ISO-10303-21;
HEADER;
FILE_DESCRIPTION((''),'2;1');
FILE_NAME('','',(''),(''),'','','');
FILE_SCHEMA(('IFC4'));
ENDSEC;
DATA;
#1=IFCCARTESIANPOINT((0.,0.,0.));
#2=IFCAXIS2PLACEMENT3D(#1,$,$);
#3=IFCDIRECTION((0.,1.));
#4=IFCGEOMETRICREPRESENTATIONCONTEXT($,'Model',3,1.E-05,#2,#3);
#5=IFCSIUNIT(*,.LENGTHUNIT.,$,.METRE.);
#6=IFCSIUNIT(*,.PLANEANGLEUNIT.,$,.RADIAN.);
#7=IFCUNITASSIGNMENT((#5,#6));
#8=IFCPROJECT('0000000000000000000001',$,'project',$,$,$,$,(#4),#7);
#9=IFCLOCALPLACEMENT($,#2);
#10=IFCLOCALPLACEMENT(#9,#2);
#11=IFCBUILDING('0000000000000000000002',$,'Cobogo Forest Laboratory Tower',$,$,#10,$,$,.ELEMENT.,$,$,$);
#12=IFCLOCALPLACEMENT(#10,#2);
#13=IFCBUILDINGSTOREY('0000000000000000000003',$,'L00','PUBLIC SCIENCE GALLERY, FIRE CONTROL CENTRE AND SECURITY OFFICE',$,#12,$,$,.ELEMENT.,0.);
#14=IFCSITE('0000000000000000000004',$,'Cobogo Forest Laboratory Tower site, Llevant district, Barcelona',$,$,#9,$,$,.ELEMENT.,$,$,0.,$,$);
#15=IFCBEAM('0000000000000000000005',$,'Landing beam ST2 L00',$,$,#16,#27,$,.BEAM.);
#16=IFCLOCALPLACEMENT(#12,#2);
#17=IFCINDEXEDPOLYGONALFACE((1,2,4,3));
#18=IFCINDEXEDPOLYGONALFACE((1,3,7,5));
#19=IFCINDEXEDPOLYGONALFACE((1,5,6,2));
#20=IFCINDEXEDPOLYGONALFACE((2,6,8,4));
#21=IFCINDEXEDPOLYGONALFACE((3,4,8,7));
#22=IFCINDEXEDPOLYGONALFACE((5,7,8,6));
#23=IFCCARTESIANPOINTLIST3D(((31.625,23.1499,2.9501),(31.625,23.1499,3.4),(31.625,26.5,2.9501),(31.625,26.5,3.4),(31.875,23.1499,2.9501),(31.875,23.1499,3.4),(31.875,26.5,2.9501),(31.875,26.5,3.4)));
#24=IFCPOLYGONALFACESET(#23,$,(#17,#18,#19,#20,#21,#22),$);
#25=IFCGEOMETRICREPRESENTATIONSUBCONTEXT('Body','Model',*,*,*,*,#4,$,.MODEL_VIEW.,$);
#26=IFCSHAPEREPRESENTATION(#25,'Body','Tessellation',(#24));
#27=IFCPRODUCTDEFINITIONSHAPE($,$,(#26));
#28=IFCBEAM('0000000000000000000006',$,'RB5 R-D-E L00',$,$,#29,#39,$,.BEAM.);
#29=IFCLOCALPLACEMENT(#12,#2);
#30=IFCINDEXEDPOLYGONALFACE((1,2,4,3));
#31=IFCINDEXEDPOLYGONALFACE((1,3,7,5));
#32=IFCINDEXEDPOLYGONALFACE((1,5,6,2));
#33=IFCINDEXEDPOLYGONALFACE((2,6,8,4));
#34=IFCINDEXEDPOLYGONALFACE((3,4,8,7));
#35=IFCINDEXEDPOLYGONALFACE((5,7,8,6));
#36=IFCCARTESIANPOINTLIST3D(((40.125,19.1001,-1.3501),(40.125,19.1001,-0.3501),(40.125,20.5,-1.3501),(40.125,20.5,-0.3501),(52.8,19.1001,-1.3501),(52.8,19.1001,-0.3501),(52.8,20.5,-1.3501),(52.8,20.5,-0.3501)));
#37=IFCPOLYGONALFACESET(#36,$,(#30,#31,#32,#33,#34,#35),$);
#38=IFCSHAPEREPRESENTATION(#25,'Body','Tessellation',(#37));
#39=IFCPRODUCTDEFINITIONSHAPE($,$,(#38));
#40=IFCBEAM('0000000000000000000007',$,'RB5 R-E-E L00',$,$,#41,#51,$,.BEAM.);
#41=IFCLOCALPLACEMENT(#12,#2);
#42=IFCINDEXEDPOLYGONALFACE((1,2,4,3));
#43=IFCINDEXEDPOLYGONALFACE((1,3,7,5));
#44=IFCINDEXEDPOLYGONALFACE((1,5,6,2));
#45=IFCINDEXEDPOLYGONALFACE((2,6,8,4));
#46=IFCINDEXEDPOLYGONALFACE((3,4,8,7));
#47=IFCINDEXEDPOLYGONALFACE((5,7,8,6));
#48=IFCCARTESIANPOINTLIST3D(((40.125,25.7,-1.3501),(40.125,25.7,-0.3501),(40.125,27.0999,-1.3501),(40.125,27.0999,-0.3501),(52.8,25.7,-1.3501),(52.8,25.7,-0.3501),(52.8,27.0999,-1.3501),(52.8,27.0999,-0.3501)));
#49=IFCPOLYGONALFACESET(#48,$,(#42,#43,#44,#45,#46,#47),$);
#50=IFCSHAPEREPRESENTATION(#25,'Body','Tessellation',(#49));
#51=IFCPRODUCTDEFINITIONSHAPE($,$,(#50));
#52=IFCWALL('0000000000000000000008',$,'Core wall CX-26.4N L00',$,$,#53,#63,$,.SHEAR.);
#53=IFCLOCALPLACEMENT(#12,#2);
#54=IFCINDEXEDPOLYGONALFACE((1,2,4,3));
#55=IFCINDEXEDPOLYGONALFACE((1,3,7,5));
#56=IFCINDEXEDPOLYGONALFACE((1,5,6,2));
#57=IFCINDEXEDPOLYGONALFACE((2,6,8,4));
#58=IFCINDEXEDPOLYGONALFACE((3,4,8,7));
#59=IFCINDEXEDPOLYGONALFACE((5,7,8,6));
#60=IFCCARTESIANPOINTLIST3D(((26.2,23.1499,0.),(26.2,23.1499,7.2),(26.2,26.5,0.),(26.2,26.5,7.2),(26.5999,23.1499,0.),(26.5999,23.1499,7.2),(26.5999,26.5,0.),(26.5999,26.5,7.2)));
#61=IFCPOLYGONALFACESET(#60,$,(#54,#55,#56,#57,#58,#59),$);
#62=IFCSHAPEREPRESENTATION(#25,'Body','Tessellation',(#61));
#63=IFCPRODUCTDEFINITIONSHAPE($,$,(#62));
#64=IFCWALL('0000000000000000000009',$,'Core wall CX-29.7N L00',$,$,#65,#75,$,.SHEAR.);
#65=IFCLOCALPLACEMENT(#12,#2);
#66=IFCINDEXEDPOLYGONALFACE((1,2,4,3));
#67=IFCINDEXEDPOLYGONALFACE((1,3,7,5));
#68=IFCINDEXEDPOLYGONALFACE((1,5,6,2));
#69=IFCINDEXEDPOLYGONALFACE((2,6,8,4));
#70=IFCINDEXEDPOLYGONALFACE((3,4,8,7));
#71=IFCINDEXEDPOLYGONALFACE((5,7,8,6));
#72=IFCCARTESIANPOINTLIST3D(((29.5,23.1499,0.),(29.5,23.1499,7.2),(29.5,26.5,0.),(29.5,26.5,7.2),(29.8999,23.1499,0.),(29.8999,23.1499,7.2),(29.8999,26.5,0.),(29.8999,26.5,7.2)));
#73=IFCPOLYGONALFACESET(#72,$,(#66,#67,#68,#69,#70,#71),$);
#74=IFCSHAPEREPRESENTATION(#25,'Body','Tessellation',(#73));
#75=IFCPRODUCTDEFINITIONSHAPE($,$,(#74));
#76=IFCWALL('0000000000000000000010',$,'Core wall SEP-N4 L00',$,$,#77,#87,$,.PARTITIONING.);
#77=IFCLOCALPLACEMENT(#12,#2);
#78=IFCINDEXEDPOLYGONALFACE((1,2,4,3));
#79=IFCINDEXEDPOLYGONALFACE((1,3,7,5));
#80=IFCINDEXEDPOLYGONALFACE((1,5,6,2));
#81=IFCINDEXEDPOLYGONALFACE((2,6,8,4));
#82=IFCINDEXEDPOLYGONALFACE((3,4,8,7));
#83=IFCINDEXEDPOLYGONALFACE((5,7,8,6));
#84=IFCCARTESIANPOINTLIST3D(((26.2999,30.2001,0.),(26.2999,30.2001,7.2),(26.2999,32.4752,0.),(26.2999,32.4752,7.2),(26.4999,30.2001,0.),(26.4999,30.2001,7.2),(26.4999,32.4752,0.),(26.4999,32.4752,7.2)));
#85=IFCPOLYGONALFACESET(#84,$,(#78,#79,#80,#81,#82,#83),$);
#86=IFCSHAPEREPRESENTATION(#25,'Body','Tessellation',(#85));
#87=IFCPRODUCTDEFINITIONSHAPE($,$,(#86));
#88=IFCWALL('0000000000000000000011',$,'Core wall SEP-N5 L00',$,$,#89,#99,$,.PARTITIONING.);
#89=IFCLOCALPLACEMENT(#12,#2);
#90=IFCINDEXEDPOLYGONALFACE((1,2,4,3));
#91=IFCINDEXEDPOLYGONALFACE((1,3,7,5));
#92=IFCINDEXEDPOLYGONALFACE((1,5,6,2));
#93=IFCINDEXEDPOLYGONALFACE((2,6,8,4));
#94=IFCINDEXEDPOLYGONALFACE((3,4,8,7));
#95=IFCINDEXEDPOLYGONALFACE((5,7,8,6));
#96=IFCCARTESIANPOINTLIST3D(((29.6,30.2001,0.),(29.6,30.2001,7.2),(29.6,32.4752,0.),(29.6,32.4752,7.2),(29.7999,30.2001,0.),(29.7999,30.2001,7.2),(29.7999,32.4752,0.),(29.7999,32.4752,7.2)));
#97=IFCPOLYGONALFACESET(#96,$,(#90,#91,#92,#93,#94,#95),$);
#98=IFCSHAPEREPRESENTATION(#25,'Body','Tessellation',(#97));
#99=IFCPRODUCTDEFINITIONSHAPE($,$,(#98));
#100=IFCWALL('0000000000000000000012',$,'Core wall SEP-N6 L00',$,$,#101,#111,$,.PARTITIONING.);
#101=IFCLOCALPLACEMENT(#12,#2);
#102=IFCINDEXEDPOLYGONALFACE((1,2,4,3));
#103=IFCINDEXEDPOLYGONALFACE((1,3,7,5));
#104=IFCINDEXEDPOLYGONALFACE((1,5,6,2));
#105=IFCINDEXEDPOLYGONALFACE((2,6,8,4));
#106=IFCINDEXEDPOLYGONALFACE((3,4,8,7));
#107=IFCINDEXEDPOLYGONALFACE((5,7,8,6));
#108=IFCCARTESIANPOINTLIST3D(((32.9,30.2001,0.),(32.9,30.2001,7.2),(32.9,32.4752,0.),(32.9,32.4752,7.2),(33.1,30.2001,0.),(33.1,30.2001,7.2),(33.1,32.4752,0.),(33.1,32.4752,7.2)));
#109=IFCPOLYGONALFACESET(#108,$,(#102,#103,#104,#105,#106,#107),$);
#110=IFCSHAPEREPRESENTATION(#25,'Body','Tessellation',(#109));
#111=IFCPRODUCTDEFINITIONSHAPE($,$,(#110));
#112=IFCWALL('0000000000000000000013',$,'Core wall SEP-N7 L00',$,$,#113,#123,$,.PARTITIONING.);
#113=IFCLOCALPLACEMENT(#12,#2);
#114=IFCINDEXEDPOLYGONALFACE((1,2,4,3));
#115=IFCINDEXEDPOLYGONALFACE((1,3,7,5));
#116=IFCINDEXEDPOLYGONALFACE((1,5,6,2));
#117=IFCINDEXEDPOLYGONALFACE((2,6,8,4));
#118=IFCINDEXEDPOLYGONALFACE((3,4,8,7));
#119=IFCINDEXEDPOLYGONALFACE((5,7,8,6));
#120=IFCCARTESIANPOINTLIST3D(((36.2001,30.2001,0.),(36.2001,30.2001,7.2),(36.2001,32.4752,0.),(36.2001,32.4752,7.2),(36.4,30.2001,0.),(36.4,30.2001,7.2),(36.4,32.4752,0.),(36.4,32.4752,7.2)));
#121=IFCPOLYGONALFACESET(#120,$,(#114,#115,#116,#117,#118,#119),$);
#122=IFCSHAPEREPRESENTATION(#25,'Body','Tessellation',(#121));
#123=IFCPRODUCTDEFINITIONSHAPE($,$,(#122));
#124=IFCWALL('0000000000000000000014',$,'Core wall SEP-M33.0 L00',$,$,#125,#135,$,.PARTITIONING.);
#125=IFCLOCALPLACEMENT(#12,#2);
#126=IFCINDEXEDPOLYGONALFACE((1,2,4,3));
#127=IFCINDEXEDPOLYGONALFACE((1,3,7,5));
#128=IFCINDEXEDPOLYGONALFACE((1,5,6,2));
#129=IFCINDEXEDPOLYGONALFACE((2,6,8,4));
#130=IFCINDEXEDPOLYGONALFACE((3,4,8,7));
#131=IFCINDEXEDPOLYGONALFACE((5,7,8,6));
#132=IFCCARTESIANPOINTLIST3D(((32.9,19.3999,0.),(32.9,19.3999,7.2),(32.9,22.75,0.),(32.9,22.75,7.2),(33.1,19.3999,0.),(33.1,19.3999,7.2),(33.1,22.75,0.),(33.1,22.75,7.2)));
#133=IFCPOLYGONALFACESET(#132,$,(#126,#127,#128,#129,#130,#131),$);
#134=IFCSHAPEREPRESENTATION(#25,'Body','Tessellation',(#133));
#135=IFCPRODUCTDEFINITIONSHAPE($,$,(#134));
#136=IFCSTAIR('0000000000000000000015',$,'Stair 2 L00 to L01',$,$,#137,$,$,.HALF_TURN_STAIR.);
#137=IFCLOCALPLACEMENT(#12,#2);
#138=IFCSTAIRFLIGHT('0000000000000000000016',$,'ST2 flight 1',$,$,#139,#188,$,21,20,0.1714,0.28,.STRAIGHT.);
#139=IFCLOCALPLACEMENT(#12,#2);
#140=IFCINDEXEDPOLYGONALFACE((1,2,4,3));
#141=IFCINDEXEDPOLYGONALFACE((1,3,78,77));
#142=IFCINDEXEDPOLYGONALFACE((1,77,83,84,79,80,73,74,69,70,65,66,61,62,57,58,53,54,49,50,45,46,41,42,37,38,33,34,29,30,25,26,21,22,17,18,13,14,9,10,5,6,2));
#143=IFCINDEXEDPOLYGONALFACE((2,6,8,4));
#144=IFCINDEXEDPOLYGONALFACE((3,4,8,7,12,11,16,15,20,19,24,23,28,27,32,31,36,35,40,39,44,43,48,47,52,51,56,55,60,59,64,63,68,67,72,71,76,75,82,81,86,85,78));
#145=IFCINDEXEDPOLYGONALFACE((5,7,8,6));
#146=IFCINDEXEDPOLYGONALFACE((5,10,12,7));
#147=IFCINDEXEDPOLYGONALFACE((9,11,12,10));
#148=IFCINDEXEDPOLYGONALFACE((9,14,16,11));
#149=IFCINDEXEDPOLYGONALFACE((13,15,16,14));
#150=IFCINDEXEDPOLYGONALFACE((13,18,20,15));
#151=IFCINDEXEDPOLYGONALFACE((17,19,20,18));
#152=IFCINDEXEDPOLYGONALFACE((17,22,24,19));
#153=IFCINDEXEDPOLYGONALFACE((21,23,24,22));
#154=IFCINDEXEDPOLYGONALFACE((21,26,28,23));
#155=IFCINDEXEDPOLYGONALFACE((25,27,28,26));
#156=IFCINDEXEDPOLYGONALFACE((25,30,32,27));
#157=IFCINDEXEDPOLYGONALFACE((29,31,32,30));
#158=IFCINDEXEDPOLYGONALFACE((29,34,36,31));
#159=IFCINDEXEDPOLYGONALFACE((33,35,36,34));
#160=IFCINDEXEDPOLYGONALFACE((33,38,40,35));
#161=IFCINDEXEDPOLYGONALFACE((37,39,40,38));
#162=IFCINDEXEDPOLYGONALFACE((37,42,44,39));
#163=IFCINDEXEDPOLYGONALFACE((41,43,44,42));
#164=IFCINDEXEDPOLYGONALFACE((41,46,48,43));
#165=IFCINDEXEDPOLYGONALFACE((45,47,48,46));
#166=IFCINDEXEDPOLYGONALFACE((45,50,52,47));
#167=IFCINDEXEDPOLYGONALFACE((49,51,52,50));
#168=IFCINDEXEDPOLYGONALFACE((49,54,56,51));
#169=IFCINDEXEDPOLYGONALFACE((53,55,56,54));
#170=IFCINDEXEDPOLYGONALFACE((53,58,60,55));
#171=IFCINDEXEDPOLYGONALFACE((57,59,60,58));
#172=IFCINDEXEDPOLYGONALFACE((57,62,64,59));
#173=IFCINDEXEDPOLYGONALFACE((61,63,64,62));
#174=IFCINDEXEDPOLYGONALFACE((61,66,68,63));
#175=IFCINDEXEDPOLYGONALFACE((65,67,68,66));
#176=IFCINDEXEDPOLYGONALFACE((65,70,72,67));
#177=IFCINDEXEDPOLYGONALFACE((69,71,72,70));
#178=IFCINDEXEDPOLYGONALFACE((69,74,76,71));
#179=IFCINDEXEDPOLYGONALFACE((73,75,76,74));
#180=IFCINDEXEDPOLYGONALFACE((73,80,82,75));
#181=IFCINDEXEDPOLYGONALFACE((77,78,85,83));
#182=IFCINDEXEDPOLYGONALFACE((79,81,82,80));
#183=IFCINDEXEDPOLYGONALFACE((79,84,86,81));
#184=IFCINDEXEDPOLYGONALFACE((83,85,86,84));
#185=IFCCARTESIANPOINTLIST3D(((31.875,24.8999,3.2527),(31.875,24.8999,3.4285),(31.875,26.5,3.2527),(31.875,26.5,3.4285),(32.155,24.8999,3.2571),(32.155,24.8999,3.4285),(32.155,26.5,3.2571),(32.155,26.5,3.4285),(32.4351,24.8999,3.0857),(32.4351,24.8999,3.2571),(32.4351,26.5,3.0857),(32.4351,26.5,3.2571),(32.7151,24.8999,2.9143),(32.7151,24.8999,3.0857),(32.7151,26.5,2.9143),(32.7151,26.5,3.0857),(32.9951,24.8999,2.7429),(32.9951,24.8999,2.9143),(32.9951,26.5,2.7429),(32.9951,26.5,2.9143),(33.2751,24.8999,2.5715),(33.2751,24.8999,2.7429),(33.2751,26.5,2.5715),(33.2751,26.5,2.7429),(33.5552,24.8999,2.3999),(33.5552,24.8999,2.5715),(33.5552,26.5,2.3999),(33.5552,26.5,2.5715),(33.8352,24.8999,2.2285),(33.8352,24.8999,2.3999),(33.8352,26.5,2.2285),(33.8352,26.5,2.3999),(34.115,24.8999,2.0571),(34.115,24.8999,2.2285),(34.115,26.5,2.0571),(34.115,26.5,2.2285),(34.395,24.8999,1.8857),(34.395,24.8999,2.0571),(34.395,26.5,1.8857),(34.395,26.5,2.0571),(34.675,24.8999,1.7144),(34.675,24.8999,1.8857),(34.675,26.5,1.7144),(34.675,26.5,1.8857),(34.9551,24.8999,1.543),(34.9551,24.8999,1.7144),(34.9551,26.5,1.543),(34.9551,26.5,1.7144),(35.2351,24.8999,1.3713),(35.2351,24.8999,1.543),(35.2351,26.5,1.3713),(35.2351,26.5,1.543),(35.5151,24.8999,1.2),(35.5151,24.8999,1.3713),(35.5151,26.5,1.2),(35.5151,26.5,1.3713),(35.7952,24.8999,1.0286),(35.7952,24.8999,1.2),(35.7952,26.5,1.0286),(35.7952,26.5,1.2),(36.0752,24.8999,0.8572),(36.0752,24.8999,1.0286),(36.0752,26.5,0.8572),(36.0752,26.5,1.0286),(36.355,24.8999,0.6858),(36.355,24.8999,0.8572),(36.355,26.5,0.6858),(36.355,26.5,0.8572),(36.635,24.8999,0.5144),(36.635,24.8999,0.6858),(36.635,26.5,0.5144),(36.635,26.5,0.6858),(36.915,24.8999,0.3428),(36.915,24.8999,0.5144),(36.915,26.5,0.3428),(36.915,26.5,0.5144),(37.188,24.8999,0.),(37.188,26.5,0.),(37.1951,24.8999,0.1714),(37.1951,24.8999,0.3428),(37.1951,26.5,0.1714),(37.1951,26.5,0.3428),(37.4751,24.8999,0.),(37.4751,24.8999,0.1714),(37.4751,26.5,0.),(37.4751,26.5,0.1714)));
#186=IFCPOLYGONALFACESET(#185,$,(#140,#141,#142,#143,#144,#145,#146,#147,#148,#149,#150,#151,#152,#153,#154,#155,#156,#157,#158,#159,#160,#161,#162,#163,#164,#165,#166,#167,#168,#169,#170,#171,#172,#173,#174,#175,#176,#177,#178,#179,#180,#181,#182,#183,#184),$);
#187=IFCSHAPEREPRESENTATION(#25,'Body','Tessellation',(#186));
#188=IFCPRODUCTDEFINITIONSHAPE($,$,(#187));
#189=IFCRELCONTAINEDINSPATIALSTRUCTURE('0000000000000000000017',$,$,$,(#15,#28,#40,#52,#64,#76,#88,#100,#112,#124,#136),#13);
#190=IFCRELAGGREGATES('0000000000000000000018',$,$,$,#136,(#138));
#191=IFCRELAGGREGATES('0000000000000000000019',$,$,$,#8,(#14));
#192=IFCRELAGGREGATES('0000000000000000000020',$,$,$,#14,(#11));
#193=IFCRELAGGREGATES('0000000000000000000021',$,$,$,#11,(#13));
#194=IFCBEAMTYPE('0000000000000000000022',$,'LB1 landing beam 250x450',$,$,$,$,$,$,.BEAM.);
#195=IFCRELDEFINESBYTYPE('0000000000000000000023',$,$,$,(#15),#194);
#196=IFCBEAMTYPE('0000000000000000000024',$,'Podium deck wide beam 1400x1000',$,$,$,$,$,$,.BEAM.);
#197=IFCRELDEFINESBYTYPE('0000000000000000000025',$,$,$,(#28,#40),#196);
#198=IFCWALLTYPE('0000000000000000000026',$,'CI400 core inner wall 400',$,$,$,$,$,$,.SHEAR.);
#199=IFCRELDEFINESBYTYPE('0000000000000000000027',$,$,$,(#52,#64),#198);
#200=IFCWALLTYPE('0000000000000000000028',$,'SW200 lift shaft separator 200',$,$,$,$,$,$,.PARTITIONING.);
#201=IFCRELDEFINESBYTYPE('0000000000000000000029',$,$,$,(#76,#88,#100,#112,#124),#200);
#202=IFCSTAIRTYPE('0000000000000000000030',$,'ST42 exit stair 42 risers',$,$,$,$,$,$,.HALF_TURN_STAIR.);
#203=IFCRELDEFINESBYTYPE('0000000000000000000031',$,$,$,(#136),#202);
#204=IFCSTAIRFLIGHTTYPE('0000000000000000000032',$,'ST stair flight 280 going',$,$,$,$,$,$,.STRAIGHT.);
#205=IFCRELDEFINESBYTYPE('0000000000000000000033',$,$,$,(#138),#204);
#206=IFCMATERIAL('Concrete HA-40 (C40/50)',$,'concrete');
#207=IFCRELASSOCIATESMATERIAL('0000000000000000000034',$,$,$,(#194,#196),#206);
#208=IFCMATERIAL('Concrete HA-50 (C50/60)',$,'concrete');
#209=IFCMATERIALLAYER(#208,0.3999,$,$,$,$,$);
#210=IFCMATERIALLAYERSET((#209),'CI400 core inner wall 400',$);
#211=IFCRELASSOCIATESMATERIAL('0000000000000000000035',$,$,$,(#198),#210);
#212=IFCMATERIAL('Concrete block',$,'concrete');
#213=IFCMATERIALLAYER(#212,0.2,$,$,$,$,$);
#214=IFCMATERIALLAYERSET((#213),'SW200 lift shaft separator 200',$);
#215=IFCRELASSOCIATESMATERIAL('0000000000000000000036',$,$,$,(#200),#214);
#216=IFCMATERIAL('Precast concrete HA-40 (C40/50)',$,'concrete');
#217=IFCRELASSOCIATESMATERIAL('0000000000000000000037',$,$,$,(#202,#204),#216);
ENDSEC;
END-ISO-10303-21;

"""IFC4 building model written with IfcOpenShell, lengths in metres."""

from ifc_helpers import new_model, si_unit, direction, frame, frame_2d, origin, origin_2d, place, context, subcontext, project, spatial, polyline, rectangle, outline, extrude, material, layer, layer_set, material_profile, profile_set, type_object, element, aggregate, save


model = new_model("IFC4")

# Units and contexts
model_context = context("Model", 3, precision=1e-05, world=origin(), true_north=direction((0.0, 1.0)))
body_context = subcontext(model_context, "Body", "Model", "MODEL_VIEW")
ifc_project = project(units=[si_unit("LENGTHUNIT", "METRE"), si_unit("PLANEANGLEUNIT", "RADIAN")], contexts=[model_context])

# Site, building, storey
site_placement = place(None, origin())
site = spatial("IfcSite", under=ifc_project, at=site_placement, Name="Cobogo Forest Laboratory Tower site, Llevant district, Barcelona", CompositionType="ELEMENT", RefElevation=0.0)
building_placement = place(site_placement, origin())
building = spatial("IfcBuilding", under=site, at=building_placement, Name="Cobogo Forest Laboratory Tower", CompositionType="ELEMENT")
storey_placement = place(building_placement, origin())
storey = spatial("IfcBuildingStorey", under=building, at=storey_placement, Name="L00", Description="PUBLIC SCIENCE GALLERY, FIRE CONTROL CENTRE AND SECURITY OFFICE", CompositionType="ELEMENT", Elevation=0.0)

# Beams
ifc_material_1 = material(Name="Concrete HA-40 (C40/50)", Category="concrete")
ifc_material_profile_1 = material_profile(ifc_material_1, rectangle(XDim=0.25, YDim=0.45, at=origin_2d()), Name="RC 250x450")
ifc_profile_set_1 = profile_set([ifc_material_profile_1], Name="Concrete HA-40 (C40/50)")
beam_type_1 = type_object("IfcBeamType", Name="LB1 landing beam 250x450", PredefinedType="BEAM", material=ifc_profile_set_1)
beam_placement = place(storey_placement, frame((31.75, 23.1499, 3.175), z_axis=(0.0, 1.0, 0.0), x_axis=(-1.0, 0.0, 0.0)))
element("IfcBeam", 1, at=beam_placement, inside=storey, type_object=beam_type_1, Name="Landing beam ST2 L00", PredefinedType="BEAM", context=body_context, shape_type="SweptSolid", body=[
    extrude(rectangle(XDim=0.25, YDim=0.45, at=origin_2d()), origin(), (0.0, 0.0, 1.0), 3.3501),
])
ifc_material_profile_2 = material_profile(ifc_material_1, rectangle(XDim=1.3999, YDim=1.0, at=origin_2d()), Name="RC 1400x1000")
ifc_profile_set_2 = profile_set([ifc_material_profile_2], Name="Concrete HA-40 (C40/50)")
beam_type_2 = type_object("IfcBeamType", Name="Podium deck wide beam 1400x1000", PredefinedType="BEAM", material=ifc_profile_set_2)
for number, where, z_axis, x_axis, name in (
    (2, (40.125, 19.8, -0.8501), (1.0, 0.0, 0.0), (0.0, 1.0, 0.0), "RB5 R-D-E L00"),
    (3, (40.125, 26.3999, -0.8501), (1.0, 0.0, 0.0), (0.0, 1.0, 0.0), "RB5 R-E-E L00"),
):
    element("IfcBeam", number, at=place(storey_placement, frame(where, z_axis=z_axis, x_axis=x_axis)), inside=storey, type_object=beam_type_2, Name=name, PredefinedType="BEAM", context=body_context, shape_type="SweptSolid", body=[
        extrude(rectangle(XDim=1.3999, YDim=1.0, at=origin_2d()), origin(), (0.0, 0.0, 1.0), 12.675),
    ])

# Walls
ifc_material_2 = material(Name="Concrete HA-50 (C50/60)", Category="concrete")
ifc_layer_1 = layer(ifc_material_2, 0.3999)
ifc_layer_set_1 = layer_set([ifc_layer_1], Name="CI400 core inner wall 400")
wall_type_1 = type_object("IfcWallType", Name="CI400 core inner wall 400", PredefinedType="SHEAR", material=ifc_layer_set_1)
for number, where, z_axis, x_axis, name in (
    (4, (26.3999, 23.1499, 0.0), (0.0, 0.0, 1.0), (0.0, 1.0, 0.0), "Core wall CX-26.4N L00"),
    (5, (29.7, 23.1499, 0.0), (0.0, 0.0, 1.0), (0.0, 1.0, 0.0), "Core wall CX-29.7N L00"),
):
    element("IfcWall", number, at=place(storey_placement, frame(where, z_axis=z_axis, x_axis=x_axis)), inside=storey, type_object=wall_type_1, Name=name, PredefinedType="SHEAR", context=body_context, shape_type="SweptSolid", body=[
        extrude(rectangle(XDim=3.3501, YDim=0.3999, at=frame_2d((1.675, 0.0))), origin(), (0.0, 0.0, 1.0), 7.2),
    ])
ifc_material_3 = material(Name="Concrete block", Category="concrete")
ifc_layer_2 = layer(ifc_material_3, 0.2)
ifc_layer_set_2 = layer_set([ifc_layer_2], Name="SW200 lift shaft separator 200")
wall_type_2 = type_object("IfcWallType", Name="SW200 lift shaft separator 200", PredefinedType="PARTITIONING", material=ifc_layer_set_2)
for number, where, z_axis, x_axis, name in (
    (6, (26.3999, 30.2, 0.0), (0.0, 0.0, 1.0), (0.0, 1.0, 0.0), "Core wall SEP-N4 L00"),
    (7, (29.7, 30.2, 0.0), (0.0, 0.0, 1.0), (0.0, 1.0, 0.0), "Core wall SEP-N5 L00"),
    (8, (33.0, 30.2, 0.0), (0.0, 0.0, 1.0), (0.0, 1.0, 0.0), "Core wall SEP-N6 L00"),
    (9, (36.3, 30.2, 0.0), (0.0, 0.0, 1.0), (0.0, 1.0, 0.0), "Core wall SEP-N7 L00"),
):
    element("IfcWall", number, at=place(storey_placement, frame(where, z_axis=z_axis, x_axis=x_axis)), inside=storey, type_object=wall_type_2, Name=name, PredefinedType="PARTITIONING", context=body_context, shape_type="SweptSolid", body=[
        extrude(rectangle(XDim=2.2751, YDim=0.2, at=frame_2d((1.1377, 0.0))), origin(), (0.0, 0.0, 1.0), 7.2),
    ])
wall_placement = place(storey_placement, frame((33.0, 19.3999, 0.0), z_axis=(0.0, 0.0, 1.0), x_axis=(0.0, 1.0, 0.0)))
element("IfcWall", 10, at=wall_placement, inside=storey, type_object=wall_type_2, Name="Core wall SEP-M33.0 L00", PredefinedType="PARTITIONING", context=body_context, shape_type="SweptSolid", body=[
    extrude(rectangle(XDim=3.3501, YDim=0.2, at=frame_2d((1.675, 0.0))), origin(), (0.0, 0.0, 1.0), 7.2),
])

# Stair, stair flight
ifc_material_4 = material(Name="Precast concrete HA-40 (C40/50)", Category="concrete")
stair_type = type_object("IfcStairType", Name="ST42 exit stair 42 risers", PredefinedType="HALF_TURN_STAIR", material=ifc_material_4)
stair_placement = place(storey_placement, origin())
stair = element("IfcStair", 11, at=stair_placement, inside=storey, type_object=stair_type, Name="Stair 2 L00 to L01", PredefinedType="HALF_TURN_STAIR")
stair_flight_type = type_object("IfcStairFlightType", Name="ST stair flight 280 going", PredefinedType="STRAIGHT", material=ifc_material_4)
stair_flight_1_placement = place(storey_placement, frame((37.4751, 25.7, 0.0), z_axis=(0.0, 0.0, 1.0), x_axis=(-1.0, 0.0, 0.0)))
stair_flight_1 = element("IfcStairFlight", 12, at=stair_flight_1_placement, type_object=stair_flight_type, Name="ST2 flight 1", NumberOfRisers=21, NumberOfTreads=20, PredefinedType="STRAIGHT", RiserHeight=0.1714, TreadLength=0.28, context=body_context, shape_type="SweptSolid", body=[
    extrude(outline(polyline([(0.0, 0.0), (0.0, 0.1714), (0.28, 0.1714), (0.28, 0.3428), (0.5601, 0.3428), (0.5601, 0.5144), (0.8401, 0.5144), (0.8401, 0.6858), (1.1201, 0.6858), (1.1201, 0.8572), (1.3999, 0.8572), (1.3999, 1.0286), (1.6799, 1.0286), (1.6799, 1.2), (1.96, 1.2), (1.96, 1.3713), (2.24, 1.3713), (2.24, 1.543), (2.52, 1.543), (2.52, 1.7144), (2.8, 1.7144), (2.8, 1.8857), (3.0801, 1.8857), (3.0801, 2.0571), (3.3601, 2.0571), (3.3601, 2.2285), (3.6399, 2.2285), (3.6399, 2.3999), (3.9199, 2.3999), (3.9199, 2.5715), (4.2, 2.5715), (4.2, 2.7429), (4.48, 2.7429), (4.48, 2.9143), (4.76, 2.9143), (4.76, 3.0857), (5.04, 3.0857), (5.04, 3.2571), (5.3201, 3.2571), (5.3201, 3.4285), (5.6001, 3.4285), (5.6001, 3.6001), (5.6001, 3.2527), (0.2871, 0.0), (0.0, 0.0)])), frame((0.0, 0.8, 0.0), z_axis=(0.0, -1.0, 0.0), x_axis=(1.0, 0.0, 0.0)), (0.0, 0.0, 1.0), 1.6001),
])
aggregate(stair, [stair_flight_1])

save(model, "model.ifc")
